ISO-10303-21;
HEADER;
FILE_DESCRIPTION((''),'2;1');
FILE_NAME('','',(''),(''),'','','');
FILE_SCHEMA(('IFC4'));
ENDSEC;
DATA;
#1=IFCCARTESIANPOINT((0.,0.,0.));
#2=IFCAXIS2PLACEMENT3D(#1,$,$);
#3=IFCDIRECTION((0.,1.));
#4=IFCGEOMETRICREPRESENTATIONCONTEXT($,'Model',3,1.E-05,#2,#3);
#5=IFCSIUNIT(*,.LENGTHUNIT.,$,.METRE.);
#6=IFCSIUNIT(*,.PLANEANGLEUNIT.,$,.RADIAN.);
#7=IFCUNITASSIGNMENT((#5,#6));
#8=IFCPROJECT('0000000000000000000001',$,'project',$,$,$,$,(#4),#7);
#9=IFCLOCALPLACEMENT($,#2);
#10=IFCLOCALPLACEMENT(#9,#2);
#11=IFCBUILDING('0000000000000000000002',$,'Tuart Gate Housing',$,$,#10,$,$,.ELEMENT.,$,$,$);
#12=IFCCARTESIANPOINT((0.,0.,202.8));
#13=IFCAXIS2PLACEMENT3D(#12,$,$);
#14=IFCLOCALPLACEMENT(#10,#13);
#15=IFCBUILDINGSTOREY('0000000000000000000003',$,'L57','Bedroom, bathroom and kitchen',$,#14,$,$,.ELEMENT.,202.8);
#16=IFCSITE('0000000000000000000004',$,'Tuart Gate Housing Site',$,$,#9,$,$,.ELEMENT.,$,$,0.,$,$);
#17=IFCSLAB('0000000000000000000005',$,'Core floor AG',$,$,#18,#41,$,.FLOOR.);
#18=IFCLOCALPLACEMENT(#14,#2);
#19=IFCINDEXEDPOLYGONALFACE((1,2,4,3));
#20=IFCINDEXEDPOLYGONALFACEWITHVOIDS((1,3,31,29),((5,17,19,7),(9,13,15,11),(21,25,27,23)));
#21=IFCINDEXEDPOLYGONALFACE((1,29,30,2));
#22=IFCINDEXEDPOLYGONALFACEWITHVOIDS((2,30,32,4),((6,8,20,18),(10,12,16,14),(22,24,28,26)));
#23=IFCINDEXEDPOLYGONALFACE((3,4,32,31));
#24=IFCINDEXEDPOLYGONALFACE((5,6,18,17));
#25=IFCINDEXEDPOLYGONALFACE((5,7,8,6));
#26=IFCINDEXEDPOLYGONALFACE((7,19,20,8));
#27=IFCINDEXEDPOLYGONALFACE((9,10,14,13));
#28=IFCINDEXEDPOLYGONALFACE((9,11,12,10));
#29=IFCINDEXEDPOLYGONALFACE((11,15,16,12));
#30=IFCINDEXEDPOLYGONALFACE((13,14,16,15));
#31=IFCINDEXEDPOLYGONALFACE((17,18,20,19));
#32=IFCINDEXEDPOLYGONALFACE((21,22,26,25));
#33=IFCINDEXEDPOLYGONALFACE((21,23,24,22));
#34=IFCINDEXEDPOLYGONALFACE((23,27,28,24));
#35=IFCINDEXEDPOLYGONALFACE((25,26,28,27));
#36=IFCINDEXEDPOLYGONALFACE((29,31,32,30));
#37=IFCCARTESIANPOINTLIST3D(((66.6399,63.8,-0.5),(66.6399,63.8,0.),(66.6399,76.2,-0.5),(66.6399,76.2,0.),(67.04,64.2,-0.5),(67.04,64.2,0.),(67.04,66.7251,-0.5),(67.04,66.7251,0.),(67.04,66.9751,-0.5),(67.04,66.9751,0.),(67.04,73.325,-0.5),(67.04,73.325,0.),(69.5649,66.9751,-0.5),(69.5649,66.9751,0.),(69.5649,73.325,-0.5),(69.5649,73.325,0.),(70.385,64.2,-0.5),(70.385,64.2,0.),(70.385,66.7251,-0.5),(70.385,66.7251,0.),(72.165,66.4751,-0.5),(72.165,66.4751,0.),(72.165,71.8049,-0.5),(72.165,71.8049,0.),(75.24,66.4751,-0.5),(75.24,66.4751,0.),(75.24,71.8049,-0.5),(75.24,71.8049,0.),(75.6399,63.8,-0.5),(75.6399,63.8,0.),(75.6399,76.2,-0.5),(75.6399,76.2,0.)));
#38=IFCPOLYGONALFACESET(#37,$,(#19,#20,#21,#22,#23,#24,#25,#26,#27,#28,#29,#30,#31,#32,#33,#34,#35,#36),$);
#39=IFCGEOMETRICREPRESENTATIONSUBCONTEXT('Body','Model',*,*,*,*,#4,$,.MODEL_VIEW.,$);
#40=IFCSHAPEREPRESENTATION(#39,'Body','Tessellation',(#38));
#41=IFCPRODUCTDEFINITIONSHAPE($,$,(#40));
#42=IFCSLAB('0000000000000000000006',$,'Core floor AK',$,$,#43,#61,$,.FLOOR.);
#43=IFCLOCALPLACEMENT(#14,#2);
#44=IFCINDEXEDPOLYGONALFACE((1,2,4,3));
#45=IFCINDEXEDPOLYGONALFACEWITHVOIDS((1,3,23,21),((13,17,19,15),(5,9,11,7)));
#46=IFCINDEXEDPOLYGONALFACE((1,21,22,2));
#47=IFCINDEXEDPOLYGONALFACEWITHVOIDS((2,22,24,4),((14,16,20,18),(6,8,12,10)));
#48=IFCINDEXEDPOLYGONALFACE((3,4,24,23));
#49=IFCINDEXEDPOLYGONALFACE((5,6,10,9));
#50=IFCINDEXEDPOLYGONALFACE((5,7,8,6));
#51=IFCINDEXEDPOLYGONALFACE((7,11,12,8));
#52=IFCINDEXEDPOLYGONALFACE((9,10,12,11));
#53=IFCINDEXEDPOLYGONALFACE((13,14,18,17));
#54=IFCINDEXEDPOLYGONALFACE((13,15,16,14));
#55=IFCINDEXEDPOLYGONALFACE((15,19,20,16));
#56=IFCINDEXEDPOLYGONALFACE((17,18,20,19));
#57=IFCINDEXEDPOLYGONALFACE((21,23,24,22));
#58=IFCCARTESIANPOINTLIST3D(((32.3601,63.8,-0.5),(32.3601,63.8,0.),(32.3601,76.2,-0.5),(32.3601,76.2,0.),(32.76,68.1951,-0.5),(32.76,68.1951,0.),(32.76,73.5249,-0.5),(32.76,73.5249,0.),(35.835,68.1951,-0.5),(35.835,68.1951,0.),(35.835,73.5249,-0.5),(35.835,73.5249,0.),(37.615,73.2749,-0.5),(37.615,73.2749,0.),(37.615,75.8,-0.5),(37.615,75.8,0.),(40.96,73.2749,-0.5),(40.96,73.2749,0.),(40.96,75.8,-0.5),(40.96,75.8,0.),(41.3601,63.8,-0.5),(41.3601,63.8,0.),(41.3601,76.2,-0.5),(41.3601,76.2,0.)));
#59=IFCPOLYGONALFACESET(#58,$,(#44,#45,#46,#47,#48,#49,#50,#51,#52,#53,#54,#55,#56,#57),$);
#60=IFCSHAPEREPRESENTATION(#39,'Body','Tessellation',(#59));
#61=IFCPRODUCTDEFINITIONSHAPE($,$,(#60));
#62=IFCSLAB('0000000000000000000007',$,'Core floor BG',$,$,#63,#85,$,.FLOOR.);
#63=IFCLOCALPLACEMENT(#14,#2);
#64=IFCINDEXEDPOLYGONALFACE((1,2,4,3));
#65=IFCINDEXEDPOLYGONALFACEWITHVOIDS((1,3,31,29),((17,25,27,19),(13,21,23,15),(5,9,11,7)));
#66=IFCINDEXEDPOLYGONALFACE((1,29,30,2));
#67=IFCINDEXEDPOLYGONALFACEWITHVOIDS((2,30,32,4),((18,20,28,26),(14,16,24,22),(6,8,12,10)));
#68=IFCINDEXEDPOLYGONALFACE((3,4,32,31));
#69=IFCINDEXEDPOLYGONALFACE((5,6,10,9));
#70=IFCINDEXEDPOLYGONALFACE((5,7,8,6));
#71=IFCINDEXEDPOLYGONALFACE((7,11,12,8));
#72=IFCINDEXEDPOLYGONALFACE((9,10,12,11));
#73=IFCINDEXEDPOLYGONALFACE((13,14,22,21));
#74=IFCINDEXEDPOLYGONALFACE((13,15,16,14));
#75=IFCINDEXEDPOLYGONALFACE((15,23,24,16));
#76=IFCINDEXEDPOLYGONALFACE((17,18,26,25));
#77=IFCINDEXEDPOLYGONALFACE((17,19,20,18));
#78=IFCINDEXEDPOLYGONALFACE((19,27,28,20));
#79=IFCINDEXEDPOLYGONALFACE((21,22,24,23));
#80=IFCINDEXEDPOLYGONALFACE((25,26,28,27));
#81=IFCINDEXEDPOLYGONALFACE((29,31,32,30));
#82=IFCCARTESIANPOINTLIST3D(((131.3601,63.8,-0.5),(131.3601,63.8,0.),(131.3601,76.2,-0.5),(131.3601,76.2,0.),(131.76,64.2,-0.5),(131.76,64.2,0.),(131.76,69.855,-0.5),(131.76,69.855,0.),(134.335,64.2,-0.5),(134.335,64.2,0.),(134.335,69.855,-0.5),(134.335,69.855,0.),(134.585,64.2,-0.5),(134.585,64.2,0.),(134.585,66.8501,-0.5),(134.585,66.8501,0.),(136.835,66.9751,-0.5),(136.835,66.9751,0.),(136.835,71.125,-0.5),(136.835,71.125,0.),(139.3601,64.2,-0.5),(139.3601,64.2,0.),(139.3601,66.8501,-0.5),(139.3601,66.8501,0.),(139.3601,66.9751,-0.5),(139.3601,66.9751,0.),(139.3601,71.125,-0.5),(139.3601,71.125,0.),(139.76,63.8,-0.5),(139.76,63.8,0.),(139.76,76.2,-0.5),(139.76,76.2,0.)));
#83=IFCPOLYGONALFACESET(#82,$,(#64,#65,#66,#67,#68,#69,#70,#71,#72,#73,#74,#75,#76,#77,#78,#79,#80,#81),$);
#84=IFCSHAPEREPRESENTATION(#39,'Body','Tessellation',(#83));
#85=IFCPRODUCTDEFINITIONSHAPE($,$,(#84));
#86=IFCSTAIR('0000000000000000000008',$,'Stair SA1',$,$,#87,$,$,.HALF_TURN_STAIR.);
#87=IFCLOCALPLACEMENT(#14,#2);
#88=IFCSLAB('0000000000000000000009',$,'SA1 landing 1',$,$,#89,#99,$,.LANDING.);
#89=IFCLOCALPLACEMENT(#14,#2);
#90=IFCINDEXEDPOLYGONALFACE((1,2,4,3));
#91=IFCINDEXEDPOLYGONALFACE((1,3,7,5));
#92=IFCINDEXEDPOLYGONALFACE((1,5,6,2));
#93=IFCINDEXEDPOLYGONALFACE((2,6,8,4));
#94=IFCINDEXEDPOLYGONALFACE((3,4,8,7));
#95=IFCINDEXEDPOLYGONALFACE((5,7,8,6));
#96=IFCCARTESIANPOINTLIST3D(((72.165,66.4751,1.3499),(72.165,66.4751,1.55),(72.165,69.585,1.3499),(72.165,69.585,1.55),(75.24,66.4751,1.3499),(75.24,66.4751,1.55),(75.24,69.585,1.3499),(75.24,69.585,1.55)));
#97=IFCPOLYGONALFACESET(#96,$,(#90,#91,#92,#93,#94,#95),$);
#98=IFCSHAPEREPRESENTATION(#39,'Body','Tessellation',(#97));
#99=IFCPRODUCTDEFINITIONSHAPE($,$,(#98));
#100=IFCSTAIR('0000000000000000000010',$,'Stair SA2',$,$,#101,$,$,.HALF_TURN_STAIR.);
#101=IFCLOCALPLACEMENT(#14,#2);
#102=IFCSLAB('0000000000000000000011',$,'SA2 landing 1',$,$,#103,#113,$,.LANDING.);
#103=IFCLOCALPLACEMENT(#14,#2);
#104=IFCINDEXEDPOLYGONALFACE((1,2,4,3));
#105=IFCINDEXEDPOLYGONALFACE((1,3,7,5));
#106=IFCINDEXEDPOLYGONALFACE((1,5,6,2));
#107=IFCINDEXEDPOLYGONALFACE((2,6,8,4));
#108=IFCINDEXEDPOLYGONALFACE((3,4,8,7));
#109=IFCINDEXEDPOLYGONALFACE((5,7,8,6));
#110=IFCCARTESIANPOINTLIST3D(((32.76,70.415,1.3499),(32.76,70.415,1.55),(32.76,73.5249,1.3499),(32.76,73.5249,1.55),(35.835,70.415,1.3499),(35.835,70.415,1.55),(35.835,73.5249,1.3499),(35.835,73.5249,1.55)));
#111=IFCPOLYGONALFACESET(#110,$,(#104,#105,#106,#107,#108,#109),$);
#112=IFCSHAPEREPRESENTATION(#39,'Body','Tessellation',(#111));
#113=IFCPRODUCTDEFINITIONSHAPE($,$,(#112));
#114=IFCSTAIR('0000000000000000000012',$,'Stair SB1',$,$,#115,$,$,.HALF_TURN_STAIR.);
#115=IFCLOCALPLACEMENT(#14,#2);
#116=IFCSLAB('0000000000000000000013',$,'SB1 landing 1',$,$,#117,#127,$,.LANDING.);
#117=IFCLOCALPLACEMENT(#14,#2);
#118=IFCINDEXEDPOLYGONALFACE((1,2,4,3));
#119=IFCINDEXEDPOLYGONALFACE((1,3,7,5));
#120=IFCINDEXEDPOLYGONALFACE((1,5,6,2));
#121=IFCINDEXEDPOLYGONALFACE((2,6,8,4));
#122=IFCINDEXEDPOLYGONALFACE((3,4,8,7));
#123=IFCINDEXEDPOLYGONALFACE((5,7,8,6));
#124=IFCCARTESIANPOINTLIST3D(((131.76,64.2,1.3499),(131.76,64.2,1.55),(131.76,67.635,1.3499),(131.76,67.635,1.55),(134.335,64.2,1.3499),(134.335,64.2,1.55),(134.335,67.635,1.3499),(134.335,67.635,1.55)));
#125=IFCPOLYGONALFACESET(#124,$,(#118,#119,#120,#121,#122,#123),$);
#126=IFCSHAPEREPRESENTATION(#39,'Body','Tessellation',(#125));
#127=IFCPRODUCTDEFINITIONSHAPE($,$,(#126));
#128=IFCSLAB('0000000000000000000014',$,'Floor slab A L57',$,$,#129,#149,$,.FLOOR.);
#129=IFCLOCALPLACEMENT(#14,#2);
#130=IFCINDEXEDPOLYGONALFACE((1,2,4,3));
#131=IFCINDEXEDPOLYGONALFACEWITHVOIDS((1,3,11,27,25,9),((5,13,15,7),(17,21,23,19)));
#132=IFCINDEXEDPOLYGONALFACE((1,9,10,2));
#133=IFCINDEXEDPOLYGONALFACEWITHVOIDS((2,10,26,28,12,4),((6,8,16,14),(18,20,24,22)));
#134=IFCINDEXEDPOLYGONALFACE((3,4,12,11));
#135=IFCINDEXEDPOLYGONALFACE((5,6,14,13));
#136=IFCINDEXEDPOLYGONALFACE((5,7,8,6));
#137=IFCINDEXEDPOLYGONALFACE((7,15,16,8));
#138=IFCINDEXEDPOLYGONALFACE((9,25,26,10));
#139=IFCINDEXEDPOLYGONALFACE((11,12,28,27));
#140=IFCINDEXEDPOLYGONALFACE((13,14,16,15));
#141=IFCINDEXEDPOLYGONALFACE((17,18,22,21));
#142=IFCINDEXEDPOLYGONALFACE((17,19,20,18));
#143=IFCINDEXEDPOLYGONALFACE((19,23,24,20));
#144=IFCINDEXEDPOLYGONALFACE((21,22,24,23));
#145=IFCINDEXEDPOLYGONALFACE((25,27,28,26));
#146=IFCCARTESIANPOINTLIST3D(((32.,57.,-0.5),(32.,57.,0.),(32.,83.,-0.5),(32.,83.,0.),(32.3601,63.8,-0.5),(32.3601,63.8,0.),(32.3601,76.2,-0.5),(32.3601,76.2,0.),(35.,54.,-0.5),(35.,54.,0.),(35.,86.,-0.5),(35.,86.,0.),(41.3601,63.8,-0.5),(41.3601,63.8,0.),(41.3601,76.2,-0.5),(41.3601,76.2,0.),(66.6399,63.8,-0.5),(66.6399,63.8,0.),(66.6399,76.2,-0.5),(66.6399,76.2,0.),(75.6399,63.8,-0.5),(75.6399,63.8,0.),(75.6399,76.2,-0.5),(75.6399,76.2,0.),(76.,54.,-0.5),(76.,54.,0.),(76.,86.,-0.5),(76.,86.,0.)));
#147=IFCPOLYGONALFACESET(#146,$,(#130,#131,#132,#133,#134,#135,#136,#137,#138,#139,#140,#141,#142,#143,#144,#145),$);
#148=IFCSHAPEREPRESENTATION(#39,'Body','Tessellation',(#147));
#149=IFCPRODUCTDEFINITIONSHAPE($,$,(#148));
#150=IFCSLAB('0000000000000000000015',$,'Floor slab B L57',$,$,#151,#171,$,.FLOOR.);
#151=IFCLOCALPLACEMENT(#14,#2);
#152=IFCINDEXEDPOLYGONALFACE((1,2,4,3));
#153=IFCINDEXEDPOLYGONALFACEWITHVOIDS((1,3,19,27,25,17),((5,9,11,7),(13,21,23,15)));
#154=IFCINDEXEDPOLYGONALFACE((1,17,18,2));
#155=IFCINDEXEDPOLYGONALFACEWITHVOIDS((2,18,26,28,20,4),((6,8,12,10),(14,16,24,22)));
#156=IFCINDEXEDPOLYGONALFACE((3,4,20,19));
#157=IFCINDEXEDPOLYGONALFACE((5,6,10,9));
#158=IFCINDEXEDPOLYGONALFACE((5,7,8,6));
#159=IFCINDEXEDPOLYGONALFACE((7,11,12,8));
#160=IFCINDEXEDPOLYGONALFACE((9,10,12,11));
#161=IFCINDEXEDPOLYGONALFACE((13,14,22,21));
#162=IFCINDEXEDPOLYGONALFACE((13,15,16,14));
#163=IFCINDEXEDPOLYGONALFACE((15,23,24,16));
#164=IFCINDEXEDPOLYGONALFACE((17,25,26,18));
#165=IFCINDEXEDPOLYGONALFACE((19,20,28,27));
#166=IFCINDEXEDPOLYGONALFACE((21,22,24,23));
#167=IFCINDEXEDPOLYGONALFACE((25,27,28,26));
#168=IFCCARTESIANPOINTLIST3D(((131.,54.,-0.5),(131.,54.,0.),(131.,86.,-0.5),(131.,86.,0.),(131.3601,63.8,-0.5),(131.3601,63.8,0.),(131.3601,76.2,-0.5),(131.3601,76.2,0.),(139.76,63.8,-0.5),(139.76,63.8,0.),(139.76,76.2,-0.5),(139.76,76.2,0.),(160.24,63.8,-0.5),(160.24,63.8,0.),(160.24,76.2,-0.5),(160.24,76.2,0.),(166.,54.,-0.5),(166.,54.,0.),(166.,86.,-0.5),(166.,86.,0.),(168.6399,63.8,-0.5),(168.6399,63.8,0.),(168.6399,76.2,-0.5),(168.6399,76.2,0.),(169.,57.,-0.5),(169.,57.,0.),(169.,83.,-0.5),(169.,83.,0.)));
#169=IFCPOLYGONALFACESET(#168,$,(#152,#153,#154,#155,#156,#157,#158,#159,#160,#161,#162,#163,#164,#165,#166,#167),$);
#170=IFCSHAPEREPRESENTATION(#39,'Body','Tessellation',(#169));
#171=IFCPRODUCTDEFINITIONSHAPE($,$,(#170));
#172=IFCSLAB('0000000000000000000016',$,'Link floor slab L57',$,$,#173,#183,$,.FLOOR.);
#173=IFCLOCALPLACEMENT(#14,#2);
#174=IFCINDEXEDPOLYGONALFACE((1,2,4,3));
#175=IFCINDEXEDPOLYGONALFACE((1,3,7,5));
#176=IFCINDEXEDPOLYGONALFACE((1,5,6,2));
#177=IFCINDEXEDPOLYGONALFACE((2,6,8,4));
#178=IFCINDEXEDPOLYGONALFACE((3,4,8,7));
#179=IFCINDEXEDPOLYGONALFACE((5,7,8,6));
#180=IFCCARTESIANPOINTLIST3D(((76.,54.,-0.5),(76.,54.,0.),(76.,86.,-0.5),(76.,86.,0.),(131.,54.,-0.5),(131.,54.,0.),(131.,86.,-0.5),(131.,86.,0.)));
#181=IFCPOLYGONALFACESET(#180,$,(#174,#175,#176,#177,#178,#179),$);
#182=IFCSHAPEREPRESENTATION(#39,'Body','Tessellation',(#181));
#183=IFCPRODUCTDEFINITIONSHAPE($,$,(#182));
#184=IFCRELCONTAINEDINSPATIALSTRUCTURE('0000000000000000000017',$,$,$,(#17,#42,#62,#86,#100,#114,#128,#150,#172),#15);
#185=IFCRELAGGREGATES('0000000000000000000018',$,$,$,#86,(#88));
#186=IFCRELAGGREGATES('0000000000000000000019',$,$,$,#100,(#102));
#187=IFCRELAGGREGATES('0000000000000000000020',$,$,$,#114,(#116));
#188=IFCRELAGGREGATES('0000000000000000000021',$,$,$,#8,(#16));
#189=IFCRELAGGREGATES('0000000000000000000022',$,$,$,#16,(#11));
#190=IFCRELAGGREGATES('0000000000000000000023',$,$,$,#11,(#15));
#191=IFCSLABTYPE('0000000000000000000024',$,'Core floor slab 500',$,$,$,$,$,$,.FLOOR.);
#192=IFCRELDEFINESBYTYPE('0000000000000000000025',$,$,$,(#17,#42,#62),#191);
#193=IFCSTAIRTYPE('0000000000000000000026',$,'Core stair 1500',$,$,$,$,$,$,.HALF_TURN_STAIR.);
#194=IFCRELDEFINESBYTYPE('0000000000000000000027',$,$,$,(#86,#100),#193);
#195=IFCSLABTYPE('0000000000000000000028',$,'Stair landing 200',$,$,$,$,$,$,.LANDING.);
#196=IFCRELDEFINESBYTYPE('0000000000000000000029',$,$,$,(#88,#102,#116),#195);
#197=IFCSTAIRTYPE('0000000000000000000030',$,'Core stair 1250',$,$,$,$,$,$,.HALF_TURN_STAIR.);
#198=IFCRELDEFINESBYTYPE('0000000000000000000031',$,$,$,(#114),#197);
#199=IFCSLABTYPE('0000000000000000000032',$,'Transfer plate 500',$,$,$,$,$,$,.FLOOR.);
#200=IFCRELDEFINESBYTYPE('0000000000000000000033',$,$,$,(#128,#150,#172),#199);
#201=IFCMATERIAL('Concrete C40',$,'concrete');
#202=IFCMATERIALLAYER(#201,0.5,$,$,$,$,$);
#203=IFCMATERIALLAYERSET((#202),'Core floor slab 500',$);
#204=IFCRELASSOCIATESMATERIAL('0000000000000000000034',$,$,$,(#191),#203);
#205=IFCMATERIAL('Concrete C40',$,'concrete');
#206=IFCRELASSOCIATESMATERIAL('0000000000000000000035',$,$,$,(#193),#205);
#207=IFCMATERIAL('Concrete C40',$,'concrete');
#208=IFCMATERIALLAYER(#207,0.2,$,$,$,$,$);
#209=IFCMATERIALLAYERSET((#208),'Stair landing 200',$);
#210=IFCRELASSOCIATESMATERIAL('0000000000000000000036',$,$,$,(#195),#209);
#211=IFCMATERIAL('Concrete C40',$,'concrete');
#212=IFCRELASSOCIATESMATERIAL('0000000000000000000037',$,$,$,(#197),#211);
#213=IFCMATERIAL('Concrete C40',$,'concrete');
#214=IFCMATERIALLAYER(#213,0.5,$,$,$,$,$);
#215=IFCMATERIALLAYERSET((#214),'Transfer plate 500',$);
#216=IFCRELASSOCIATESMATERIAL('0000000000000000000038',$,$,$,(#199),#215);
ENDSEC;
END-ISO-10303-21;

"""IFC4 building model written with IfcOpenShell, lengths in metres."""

from ifc_helpers import new_model, si_unit, direction, frame, origin, place, context, subcontext, project, spatial, polyline, outline, extrude, material, layer, layer_set, type_object, element, aggregate, save


model = new_model("IFC4")

# Units and contexts
model_context = context("Model", 3, precision=1e-05, world=origin(), true_north=direction((0.0, 1.0)))
body_context = subcontext(model_context, "Body", "Model", "MODEL_VIEW")
ifc_project = project(units=[si_unit("LENGTHUNIT", "METRE"), si_unit("PLANEANGLEUNIT", "RADIAN")], contexts=[model_context])

# Site, building, storey
site_placement = place(None, origin())
site = spatial("IfcSite", under=ifc_project, at=site_placement, Name="Tuart Gate Housing Site", CompositionType="ELEMENT", RefElevation=0.0)
building_placement = place(site_placement, origin())
building = spatial("IfcBuilding", under=site, at=building_placement, Name="Tuart Gate Housing", CompositionType="ELEMENT")
storey_placement = place(building_placement, frame((0.0, 0.0, 202.8)))
storey = spatial("IfcBuildingStorey", under=building, at=storey_placement, Name="L57", Description="Bedroom, bathroom and kitchen", CompositionType="ELEMENT", Elevation=202.8)

# Slabs
ifc_material_1 = material(Name="Concrete C40", Category="concrete")
ifc_layer_1 = layer(ifc_material_1, 0.5)
ifc_layer_set_1 = layer_set([ifc_layer_1], Name="Core floor slab 500")
slab_type_1 = type_object("IfcSlabType", Name="Core floor slab 500", PredefinedType="FLOOR", material=ifc_layer_set_1)
slab_1_placement = place(storey_placement, frame((0.0, 0.0, -0.5)))
element("IfcSlab", 1, at=slab_1_placement, inside=storey, type_object=slab_type_1, Name="Core floor AG", PredefinedType="FLOOR", context=body_context, shape_type="SweptSolid", body=[
    extrude(outline(polyline([(66.6399, 63.8), (75.6399, 63.8), (75.6399, 76.2), (66.6399, 76.2), (66.6399, 63.8)]), holes=[polyline([(67.04, 64.2), (70.385, 64.2), (70.385, 66.7251), (67.04, 66.7251), (67.04, 64.2)]), polyline([(67.04, 66.9751), (69.5649, 66.9751), (69.5649, 73.325), (67.04, 73.325), (67.04, 66.9751)]), polyline([(72.165, 66.4751), (75.24, 66.4751), (75.24, 71.8049), (72.165, 71.8049), (72.165, 66.4751)])]), origin(), (0.0, 0.0, 1.0), 0.5),
])
slab_2_placement = place(storey_placement, frame((0.0, 0.0, -0.5)))
element("IfcSlab", 2, at=slab_2_placement, inside=storey, type_object=slab_type_1, Name="Core floor AK", PredefinedType="FLOOR", context=body_context, shape_type="SweptSolid", body=[
    extrude(outline(polyline([(32.3601, 63.8), (41.3601, 63.8), (41.3601, 76.2), (32.3601, 76.2), (32.3601, 63.8)]), holes=[polyline([(40.96, 75.8), (37.615, 75.8), (37.615, 73.2749), (40.96, 73.2749), (40.96, 75.8)]), polyline([(35.835, 73.5249), (32.76, 73.5249), (32.76, 68.1951), (35.835, 68.1951), (35.835, 73.5249)])]), origin(), (0.0, 0.0, 1.0), 0.5),
])
slab_3_placement = place(storey_placement, frame((0.0, 0.0, -0.5)))
element("IfcSlab", 3, at=slab_3_placement, inside=storey, type_object=slab_type_1, Name="Core floor BG", PredefinedType="FLOOR", context=body_context, shape_type="SweptSolid", body=[
    extrude(outline(polyline([(131.3601, 63.8), (139.76, 63.8), (139.76, 76.2), (131.3601, 76.2), (131.3601, 63.8)]), holes=[polyline([(139.3601, 66.8501), (134.585, 66.8501), (134.585, 64.2), (139.3601, 64.2), (139.3601, 66.8501)]), polyline([(139.3601, 71.125), (136.835, 71.125), (136.835, 66.9751), (139.3601, 66.9751), (139.3601, 71.125)]), polyline([(134.335, 69.855), (131.76, 69.855), (131.76, 64.2), (134.335, 64.2), (134.335, 69.855)])]), origin(), (0.0, 0.0, 1.0), 0.5),
])

# Stairs, slabs
ifc_material_2 = material(Name="Concrete C40", Category="concrete")
stair_type_1 = type_object("IfcStairType", Name="Core stair 1500", PredefinedType="HALF_TURN_STAIR", material=ifc_material_2)
stair_1_placement = place(storey_placement, origin())
stair_1 = element("IfcStair", 4, at=stair_1_placement, inside=storey, type_object=stair_type_1, Name="Stair SA1", PredefinedType="HALF_TURN_STAIR")
ifc_material_3 = material(Name="Concrete C40", Category="concrete")
ifc_layer_2 = layer(ifc_material_3, 0.2)
ifc_layer_set_2 = layer_set([ifc_layer_2], Name="Stair landing 200")
slab_type_2 = type_object("IfcSlabType", Name="Stair landing 200", PredefinedType="LANDING", material=ifc_layer_set_2)
slab_4_placement = place(storey_placement, frame((0.0, 0.0, 1.3499)))
slab_4 = element("IfcSlab", 5, at=slab_4_placement, type_object=slab_type_2, Name="SA1 landing 1", PredefinedType="LANDING", context=body_context, shape_type="SweptSolid", body=[
    extrude(outline(polyline([(72.165, 66.4751), (75.24, 66.4751), (75.24, 69.585), (72.165, 69.585), (72.165, 66.4751)])), origin(), (0.0, 0.0, 1.0), 0.2002),
])
aggregate(stair_1, [slab_4])
stair_2_placement = place(storey_placement, origin())
stair_2 = element("IfcStair", 6, at=stair_2_placement, inside=storey, type_object=stair_type_1, Name="Stair SA2", PredefinedType="HALF_TURN_STAIR")
slab_5_placement = place(storey_placement, frame((0.0, 0.0, 1.3499)))
slab_5 = element("IfcSlab", 7, at=slab_5_placement, type_object=slab_type_2, Name="SA2 landing 1", PredefinedType="LANDING", context=body_context, shape_type="SweptSolid", body=[
    extrude(outline(polyline([(35.835, 73.5249), (32.76, 73.5249), (32.76, 70.415), (35.835, 70.415), (35.835, 73.5249)])), origin(), (0.0, 0.0, 1.0), 0.2002),
])
aggregate(stair_2, [slab_5])
ifc_material_4 = material(Name="Concrete C40", Category="concrete")
stair_type_2 = type_object("IfcStairType", Name="Core stair 1250", PredefinedType="HALF_TURN_STAIR", material=ifc_material_4)
stair_3_placement = place(storey_placement, origin())
stair_3 = element("IfcStair", 8, at=stair_3_placement, inside=storey, type_object=stair_type_2, Name="Stair SB1", PredefinedType="HALF_TURN_STAIR")
slab_6_placement = place(storey_placement, frame((0.0, 0.0, 1.3499)))
slab_6 = element("IfcSlab", 9, at=slab_6_placement, type_object=slab_type_2, Name="SB1 landing 1", PredefinedType="LANDING", context=body_context, shape_type="SweptSolid", body=[
    extrude(outline(polyline([(134.335, 67.635), (131.76, 67.635), (131.76, 64.2), (134.335, 64.2), (134.335, 67.635)])), origin(), (0.0, 0.0, 1.0), 0.2002),
])
aggregate(stair_3, [slab_6])

# Slabs
ifc_material_5 = material(Name="Concrete C40", Category="concrete")
ifc_layer_3 = layer(ifc_material_5, 0.5)
ifc_layer_set_3 = layer_set([ifc_layer_3], Name="Transfer plate 500")
slab_type_3 = type_object("IfcSlabType", Name="Transfer plate 500", PredefinedType="FLOOR", material=ifc_layer_set_3)
slab_7_placement = place(storey_placement, frame((0.0, 0.0, -0.5)))
element("IfcSlab", 10, at=slab_7_placement, inside=storey, type_object=slab_type_3, Name="Floor slab A L57", PredefinedType="FLOOR", context=body_context, shape_type="SweptSolid", body=[
    extrude(outline(polyline([(35.0, 86.0), (32.0, 83.0), (32.0, 57.0), (35.0, 54.0), (76.0, 54.0), (76.0, 86.0), (35.0, 86.0)]), holes=[polyline([(66.6399, 76.2), (75.6399, 76.2), (75.6399, 63.8), (66.6399, 63.8), (66.6399, 76.2)]), polyline([(41.3601, 76.2), (41.3601, 63.8), (32.3601, 63.8), (32.3601, 76.2), (41.3601, 76.2)])]), origin(), (0.0, 0.0, 1.0), 0.5),
])
slab_8_placement = place(storey_placement, frame((0.0, 0.0, -0.5)))
element("IfcSlab", 11, at=slab_8_placement, inside=storey, type_object=slab_type_3, Name="Floor slab B L57", PredefinedType="FLOOR", context=body_context, shape_type="SweptSolid", body=[
    extrude(outline(polyline([(166.0, 86.0), (131.0, 86.0), (131.0, 54.0), (166.0, 54.0), (169.0, 57.0), (169.0, 83.0), (166.0, 86.0)]), holes=[polyline([(131.3601, 76.2), (139.76, 76.2), (139.76, 63.8), (131.3601, 63.8), (131.3601, 76.2)]), polyline([(168.6399, 76.2), (168.6399, 63.8), (160.24, 63.8), (160.24, 76.2), (168.6399, 76.2)])]), origin(), (0.0, 0.0, 1.0), 0.5),
])
slab_9_placement = place(storey_placement, frame((0.0, 0.0, -0.5)))
element("IfcSlab", 12, at=slab_9_placement, inside=storey, type_object=slab_type_3, Name="Link floor slab L57", PredefinedType="FLOOR", context=body_context, shape_type="SweptSolid", body=[
    extrude(outline(polyline([(76.0, 54.0), (131.0, 54.0), (131.0, 86.0), (76.0, 86.0), (76.0, 54.0)])), origin(), (0.0, 0.0, 1.0), 0.5),
])

save(model, "model.ifc")
